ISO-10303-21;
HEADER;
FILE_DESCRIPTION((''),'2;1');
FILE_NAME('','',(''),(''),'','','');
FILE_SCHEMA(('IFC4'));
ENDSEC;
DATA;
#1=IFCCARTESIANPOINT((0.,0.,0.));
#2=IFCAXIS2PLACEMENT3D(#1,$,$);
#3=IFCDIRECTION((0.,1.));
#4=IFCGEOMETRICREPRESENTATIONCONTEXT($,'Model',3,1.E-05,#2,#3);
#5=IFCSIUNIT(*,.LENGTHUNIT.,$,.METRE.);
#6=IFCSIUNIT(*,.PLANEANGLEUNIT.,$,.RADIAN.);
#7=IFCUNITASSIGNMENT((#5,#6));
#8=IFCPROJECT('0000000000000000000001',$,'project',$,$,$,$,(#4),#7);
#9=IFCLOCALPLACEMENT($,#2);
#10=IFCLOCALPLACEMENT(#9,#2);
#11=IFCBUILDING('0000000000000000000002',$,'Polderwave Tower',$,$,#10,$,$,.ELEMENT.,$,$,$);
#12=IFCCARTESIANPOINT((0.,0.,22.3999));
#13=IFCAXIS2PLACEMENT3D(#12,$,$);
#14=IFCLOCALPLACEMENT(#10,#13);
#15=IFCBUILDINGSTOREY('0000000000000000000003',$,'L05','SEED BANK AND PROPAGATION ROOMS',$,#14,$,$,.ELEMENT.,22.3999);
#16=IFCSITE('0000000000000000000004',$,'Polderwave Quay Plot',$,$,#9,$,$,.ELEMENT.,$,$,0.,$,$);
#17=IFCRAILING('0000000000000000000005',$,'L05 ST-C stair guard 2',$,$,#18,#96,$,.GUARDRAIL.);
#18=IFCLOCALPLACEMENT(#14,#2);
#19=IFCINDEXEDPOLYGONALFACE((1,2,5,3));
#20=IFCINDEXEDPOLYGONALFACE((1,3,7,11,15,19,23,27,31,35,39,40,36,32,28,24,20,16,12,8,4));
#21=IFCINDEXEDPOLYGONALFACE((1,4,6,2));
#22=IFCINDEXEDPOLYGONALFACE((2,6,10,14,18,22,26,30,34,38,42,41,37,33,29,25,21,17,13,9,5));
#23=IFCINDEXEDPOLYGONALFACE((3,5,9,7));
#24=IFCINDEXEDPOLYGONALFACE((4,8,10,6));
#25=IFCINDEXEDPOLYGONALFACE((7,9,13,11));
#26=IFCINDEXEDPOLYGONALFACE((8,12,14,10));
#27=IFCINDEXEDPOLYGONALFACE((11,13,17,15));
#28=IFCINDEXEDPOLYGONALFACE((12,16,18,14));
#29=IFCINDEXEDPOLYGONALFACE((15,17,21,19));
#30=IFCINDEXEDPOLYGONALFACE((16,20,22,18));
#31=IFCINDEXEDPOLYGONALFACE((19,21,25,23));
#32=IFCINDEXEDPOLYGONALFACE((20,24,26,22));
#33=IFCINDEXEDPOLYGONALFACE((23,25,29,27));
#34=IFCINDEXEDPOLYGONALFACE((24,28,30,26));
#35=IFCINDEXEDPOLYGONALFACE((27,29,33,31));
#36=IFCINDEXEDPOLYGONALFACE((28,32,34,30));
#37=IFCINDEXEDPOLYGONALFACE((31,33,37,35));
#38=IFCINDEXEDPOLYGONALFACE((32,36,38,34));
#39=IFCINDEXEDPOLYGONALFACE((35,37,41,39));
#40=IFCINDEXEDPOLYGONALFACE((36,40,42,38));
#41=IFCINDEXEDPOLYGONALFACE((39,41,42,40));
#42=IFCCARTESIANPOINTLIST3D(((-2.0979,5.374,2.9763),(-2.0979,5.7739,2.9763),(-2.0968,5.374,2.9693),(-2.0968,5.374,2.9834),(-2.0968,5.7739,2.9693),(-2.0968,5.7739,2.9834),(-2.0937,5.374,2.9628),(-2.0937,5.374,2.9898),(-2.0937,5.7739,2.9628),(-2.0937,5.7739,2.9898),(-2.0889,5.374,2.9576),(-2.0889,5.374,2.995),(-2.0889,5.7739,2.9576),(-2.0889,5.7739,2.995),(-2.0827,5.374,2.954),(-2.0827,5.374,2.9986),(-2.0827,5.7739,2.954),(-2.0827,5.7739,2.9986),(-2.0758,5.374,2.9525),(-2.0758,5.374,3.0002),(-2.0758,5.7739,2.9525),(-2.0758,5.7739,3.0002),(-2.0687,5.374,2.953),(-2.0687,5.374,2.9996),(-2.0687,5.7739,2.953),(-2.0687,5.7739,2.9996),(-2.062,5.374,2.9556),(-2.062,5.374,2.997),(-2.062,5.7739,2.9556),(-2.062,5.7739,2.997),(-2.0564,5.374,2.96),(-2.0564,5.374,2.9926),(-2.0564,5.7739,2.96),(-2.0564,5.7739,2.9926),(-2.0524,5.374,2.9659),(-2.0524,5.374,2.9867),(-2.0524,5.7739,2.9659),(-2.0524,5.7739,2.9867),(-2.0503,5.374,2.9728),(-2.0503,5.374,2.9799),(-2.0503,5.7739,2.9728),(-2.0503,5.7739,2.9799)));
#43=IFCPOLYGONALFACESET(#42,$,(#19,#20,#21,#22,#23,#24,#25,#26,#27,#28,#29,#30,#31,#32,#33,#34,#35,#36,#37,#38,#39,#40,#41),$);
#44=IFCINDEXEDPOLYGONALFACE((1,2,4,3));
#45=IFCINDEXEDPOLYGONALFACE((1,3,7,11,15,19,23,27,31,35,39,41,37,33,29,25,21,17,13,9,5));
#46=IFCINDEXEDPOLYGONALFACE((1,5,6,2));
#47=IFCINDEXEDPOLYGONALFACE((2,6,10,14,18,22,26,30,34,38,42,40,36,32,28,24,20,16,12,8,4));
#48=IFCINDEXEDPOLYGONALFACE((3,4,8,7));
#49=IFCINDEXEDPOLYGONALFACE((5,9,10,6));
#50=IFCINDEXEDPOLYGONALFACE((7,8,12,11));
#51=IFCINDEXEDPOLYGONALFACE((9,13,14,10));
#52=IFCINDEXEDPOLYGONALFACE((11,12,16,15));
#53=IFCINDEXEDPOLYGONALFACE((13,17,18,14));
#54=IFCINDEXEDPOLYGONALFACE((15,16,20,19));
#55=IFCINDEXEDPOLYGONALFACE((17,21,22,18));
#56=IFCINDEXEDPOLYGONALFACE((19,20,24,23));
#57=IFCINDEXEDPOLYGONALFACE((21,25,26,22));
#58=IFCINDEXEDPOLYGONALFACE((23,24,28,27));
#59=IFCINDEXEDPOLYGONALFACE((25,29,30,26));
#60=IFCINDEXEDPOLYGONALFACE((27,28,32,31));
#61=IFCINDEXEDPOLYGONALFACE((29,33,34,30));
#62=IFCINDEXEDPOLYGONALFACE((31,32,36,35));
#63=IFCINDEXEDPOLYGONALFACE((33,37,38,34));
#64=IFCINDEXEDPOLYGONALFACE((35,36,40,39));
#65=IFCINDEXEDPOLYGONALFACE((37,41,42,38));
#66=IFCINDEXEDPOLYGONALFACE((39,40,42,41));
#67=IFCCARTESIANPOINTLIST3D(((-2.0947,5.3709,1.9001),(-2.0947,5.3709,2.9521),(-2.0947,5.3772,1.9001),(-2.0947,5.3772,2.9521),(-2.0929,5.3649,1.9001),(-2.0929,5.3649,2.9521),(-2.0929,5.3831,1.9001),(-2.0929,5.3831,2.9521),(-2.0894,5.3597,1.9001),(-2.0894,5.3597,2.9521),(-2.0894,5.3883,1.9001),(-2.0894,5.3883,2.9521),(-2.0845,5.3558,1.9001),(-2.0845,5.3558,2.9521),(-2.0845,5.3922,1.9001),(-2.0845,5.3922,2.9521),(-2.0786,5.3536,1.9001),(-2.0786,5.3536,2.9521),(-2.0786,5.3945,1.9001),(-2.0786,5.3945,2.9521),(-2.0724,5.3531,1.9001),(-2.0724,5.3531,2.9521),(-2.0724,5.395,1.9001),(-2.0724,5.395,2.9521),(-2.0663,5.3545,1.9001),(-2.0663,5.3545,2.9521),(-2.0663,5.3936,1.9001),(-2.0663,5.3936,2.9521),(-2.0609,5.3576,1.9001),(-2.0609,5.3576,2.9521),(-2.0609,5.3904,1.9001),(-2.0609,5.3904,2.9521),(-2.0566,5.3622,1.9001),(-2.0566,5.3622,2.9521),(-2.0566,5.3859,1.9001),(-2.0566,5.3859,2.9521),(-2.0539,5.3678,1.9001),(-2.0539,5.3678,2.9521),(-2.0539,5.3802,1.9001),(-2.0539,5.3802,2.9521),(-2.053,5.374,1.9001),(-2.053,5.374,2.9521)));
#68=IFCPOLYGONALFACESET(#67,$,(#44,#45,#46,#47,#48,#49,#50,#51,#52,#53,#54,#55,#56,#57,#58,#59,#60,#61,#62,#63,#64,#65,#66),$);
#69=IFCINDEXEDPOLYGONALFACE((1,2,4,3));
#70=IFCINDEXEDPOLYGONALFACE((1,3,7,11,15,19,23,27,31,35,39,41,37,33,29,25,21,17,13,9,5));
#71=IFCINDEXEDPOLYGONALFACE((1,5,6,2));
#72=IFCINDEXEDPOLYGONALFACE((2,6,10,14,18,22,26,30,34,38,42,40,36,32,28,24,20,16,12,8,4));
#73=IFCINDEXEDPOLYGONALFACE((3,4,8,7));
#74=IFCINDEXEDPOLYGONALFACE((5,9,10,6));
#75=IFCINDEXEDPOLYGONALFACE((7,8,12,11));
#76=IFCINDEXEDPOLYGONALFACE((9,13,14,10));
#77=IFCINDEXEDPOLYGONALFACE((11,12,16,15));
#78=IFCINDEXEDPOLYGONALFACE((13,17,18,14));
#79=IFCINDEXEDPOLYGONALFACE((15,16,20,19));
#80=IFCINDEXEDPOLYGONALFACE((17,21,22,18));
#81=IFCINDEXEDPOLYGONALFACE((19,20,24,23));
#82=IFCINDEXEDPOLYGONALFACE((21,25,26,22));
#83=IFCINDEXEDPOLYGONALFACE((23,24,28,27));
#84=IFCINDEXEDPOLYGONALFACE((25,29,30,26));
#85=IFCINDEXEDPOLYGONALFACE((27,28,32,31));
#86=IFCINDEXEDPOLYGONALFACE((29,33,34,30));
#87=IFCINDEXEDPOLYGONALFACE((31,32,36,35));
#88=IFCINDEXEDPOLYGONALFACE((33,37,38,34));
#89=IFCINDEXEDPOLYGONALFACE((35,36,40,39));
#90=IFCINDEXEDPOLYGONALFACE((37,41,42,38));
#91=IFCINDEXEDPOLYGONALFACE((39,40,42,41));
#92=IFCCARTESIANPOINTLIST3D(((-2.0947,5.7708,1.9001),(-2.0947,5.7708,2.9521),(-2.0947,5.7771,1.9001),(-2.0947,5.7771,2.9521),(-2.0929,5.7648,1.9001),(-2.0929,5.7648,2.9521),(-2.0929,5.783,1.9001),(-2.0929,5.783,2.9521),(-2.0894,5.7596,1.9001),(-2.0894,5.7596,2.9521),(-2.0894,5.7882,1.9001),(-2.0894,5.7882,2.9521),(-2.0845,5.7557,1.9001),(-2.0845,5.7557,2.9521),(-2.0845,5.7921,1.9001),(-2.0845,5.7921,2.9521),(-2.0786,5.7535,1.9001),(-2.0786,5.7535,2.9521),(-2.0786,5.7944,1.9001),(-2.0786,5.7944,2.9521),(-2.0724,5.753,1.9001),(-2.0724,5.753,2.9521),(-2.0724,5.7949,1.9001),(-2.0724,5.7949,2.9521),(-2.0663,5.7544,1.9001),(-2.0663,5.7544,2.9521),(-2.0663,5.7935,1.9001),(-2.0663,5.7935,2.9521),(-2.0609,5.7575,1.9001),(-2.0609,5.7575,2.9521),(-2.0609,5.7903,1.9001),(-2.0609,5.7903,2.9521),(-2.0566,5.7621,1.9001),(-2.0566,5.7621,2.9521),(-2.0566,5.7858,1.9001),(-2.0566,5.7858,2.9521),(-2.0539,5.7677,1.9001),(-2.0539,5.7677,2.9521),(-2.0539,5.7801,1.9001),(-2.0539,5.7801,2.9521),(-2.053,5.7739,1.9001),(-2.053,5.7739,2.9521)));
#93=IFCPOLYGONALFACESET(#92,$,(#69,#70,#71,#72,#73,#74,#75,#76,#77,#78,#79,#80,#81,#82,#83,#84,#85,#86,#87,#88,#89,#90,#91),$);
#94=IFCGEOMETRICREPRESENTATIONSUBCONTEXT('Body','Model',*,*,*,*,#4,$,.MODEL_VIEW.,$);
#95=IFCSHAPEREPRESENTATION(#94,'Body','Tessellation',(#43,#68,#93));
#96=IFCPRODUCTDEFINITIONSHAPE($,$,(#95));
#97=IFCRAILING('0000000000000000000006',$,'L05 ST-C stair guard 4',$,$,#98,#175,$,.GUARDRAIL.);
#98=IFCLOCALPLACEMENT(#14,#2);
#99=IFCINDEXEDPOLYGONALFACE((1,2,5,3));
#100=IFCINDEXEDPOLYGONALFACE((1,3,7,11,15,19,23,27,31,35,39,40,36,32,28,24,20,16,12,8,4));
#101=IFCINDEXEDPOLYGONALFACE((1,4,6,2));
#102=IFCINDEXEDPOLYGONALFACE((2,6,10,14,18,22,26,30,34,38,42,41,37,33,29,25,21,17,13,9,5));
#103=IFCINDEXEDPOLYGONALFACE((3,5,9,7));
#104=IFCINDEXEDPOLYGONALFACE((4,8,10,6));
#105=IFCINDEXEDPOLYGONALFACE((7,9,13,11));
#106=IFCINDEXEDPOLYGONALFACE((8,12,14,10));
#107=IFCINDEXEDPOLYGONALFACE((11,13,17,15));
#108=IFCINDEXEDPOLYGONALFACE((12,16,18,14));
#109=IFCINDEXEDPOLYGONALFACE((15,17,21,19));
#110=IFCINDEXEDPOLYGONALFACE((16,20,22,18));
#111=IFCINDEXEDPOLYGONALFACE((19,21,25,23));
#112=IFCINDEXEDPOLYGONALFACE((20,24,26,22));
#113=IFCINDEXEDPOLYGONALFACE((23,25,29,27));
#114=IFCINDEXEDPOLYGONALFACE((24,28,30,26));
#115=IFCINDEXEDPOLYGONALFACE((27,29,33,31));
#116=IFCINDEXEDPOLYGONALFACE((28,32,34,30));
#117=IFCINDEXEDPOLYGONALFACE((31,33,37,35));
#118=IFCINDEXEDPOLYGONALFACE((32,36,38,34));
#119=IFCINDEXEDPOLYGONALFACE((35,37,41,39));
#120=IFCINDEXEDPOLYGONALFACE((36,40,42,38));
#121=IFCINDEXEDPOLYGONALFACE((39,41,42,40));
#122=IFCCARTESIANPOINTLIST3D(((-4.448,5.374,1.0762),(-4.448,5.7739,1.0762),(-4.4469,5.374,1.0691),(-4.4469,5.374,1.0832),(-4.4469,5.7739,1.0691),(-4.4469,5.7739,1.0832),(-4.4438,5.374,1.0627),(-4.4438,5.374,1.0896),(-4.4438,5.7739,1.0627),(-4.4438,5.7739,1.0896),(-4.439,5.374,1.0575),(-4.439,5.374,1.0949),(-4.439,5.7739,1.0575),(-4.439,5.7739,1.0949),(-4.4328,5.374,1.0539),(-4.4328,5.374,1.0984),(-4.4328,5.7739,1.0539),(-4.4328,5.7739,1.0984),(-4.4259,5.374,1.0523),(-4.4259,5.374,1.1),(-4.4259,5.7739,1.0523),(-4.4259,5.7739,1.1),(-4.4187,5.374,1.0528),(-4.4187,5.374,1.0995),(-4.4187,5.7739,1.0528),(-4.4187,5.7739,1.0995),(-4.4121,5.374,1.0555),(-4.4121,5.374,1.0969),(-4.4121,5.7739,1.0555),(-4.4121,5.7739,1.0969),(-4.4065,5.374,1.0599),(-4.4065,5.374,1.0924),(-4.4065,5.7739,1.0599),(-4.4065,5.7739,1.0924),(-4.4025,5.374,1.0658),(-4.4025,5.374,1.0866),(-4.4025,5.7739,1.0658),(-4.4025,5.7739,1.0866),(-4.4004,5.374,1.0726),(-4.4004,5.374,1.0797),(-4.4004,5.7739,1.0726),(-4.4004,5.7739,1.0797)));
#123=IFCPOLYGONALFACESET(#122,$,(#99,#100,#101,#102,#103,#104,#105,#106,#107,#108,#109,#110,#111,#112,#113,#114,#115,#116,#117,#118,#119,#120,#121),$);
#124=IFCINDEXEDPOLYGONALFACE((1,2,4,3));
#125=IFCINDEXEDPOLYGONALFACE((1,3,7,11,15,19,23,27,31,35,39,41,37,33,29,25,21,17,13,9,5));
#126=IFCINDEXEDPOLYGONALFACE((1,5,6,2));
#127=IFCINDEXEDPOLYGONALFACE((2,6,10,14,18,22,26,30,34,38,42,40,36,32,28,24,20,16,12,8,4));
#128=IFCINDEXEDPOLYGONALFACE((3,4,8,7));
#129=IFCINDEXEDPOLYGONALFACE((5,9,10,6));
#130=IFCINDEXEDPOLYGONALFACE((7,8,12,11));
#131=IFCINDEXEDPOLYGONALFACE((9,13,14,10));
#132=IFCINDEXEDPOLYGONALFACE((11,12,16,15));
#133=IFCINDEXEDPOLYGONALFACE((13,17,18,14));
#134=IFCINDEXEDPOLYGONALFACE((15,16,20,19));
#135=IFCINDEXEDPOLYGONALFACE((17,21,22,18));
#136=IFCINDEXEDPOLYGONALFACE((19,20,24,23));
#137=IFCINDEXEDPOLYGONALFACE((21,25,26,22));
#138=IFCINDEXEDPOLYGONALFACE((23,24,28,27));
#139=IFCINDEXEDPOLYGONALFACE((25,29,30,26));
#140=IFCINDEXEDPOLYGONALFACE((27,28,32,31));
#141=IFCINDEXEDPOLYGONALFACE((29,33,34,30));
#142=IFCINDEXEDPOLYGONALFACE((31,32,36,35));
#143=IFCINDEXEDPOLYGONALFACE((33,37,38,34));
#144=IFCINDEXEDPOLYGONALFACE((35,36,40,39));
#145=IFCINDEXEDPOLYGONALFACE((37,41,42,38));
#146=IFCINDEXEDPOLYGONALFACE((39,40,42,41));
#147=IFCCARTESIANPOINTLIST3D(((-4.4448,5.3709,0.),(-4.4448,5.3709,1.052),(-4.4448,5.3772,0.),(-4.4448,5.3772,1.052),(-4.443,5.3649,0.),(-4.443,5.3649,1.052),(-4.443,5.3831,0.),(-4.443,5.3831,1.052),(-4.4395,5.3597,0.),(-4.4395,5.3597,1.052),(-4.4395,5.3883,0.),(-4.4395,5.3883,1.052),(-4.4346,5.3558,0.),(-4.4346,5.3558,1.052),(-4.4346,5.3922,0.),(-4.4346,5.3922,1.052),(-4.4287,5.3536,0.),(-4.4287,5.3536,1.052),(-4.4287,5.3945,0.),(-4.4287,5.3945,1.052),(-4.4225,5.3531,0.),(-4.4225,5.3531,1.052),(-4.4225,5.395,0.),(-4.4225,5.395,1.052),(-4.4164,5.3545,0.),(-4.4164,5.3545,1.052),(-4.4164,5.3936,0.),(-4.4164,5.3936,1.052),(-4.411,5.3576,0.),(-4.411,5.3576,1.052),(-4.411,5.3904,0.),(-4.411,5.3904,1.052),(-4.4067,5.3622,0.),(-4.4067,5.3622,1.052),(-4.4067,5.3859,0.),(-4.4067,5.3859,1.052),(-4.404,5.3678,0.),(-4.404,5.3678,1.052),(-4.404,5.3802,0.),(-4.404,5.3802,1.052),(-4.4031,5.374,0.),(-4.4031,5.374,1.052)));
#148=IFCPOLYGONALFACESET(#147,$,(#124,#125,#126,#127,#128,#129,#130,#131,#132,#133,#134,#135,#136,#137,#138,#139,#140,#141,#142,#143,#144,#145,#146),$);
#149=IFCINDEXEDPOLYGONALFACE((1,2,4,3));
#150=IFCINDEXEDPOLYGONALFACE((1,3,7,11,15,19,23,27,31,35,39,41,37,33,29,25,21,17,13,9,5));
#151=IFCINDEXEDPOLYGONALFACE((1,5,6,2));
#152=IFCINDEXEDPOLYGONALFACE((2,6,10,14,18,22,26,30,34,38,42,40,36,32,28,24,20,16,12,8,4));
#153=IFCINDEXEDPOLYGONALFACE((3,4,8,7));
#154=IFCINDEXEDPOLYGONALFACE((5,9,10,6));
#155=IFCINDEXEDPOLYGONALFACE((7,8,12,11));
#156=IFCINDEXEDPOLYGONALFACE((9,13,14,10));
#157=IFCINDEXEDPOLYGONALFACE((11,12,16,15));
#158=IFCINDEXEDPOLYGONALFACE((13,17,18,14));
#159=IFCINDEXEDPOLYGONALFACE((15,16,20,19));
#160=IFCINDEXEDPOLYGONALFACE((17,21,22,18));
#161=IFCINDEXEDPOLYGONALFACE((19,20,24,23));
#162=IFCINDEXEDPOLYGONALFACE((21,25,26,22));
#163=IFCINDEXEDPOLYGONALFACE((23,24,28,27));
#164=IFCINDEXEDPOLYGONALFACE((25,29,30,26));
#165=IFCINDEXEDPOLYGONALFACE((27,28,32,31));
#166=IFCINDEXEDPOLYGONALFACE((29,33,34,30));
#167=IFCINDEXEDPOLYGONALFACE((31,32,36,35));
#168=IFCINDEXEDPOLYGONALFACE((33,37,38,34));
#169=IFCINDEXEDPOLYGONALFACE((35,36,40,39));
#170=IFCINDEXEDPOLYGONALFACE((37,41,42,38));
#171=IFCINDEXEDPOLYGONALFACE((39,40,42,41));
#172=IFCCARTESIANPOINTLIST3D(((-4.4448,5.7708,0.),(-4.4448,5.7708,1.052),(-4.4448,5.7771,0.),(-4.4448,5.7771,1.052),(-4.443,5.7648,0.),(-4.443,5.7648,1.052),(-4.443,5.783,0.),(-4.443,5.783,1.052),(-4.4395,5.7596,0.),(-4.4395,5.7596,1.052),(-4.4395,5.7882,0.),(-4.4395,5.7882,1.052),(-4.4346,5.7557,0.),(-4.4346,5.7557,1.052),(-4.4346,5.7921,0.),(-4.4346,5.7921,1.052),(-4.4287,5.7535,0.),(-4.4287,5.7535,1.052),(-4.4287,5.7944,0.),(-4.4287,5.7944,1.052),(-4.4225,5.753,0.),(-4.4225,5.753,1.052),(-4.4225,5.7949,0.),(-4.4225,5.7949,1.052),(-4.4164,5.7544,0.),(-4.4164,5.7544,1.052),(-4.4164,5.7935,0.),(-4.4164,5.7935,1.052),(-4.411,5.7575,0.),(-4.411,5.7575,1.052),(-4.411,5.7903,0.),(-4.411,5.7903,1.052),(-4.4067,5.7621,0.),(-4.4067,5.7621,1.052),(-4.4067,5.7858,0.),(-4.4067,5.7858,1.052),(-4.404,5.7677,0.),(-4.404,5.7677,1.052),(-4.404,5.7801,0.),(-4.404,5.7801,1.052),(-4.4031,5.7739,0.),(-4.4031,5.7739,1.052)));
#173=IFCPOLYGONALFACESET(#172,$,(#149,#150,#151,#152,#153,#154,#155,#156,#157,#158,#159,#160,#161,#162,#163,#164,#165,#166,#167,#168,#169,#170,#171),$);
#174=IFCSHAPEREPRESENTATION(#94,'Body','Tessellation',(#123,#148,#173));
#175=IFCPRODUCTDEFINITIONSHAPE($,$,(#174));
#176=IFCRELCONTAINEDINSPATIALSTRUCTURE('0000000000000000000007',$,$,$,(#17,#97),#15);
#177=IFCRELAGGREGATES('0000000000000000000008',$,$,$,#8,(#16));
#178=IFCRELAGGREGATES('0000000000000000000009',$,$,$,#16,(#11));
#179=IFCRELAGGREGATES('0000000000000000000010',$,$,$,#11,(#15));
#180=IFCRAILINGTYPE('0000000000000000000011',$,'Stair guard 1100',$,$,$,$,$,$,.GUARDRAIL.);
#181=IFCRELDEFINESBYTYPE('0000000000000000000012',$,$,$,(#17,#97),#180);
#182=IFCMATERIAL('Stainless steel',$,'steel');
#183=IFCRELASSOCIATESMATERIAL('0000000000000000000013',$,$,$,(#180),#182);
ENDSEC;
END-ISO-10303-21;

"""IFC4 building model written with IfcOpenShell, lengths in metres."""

from ifc_helpers import new_model, si_unit, direction, frame, origin, origin_2d, place, context, subcontext, project, spatial, circle, extrude, material, type_object, element, save


model = new_model("IFC4")

# Units and contexts
model_context = context("Model", 3, precision=1e-05, world=origin(), true_north=direction((0.0, 1.0)))
body_context = subcontext(model_context, "Body", "Model", "MODEL_VIEW")
ifc_project = project(units=[si_unit("LENGTHUNIT", "METRE"), si_unit("PLANEANGLEUNIT", "RADIAN")], contexts=[model_context])

# Site, building, storey
site_placement = place(None, origin())
site = spatial("IfcSite", under=ifc_project, at=site_placement, Name="Polderwave Quay Plot", CompositionType="ELEMENT", RefElevation=0.0)
building_placement = place(site_placement, origin())
building = spatial("IfcBuilding", under=site, at=building_placement, Name="Polderwave Tower", CompositionType="ELEMENT")
storey_placement = place(building_placement, frame((0.0, 0.0, 22.3999)))
storey = spatial("IfcBuildingStorey", under=building, at=storey_placement, Name="L05", Description="SEED BANK AND PROPAGATION ROOMS", CompositionType="ELEMENT", Elevation=22.3999)

# Railings
ifc_material_1 = material(Name="Stainless steel", Category="steel")
railing_type_1 = type_object("IfcRailingType", Name="Stair guard 1100", PredefinedType="GUARDRAIL", material=ifc_material_1)
for number, where, name in (
    (1, (-2.074, 5.374, 1.9001), "L05 ST-C stair guard 2"),
    (2, (-4.4241, 5.374, 0.0), "L05 ST-C stair guard 4"),
):
    element("IfcRailing", number, at=place(storey_placement, frame(where)), inside=storey, type_object=railing_type_1, Name=name, PredefinedType="GUARDRAIL", context=body_context, shape_type="SweptSolid", body=[
        extrude(circle(Radius=0.0239, at=origin_2d()), frame((0.0, 0.0, 1.0762), z_axis=(0.0, 1.0, 0.0), x_axis=(-1.0, 0.0, 0.0)), (0.0, 0.0, 1.0), 0.3999),
        extrude(circle(Radius=0.021, at=origin_2d()), origin(), (0.0, 0.0, 1.0), 1.052),
        extrude(circle(Radius=0.021, at=origin_2d()), frame((0.0, 0.3999, 0.0)), (0.0, 0.0, 1.0), 1.052),
    ])

save(model, "model.ifc")
